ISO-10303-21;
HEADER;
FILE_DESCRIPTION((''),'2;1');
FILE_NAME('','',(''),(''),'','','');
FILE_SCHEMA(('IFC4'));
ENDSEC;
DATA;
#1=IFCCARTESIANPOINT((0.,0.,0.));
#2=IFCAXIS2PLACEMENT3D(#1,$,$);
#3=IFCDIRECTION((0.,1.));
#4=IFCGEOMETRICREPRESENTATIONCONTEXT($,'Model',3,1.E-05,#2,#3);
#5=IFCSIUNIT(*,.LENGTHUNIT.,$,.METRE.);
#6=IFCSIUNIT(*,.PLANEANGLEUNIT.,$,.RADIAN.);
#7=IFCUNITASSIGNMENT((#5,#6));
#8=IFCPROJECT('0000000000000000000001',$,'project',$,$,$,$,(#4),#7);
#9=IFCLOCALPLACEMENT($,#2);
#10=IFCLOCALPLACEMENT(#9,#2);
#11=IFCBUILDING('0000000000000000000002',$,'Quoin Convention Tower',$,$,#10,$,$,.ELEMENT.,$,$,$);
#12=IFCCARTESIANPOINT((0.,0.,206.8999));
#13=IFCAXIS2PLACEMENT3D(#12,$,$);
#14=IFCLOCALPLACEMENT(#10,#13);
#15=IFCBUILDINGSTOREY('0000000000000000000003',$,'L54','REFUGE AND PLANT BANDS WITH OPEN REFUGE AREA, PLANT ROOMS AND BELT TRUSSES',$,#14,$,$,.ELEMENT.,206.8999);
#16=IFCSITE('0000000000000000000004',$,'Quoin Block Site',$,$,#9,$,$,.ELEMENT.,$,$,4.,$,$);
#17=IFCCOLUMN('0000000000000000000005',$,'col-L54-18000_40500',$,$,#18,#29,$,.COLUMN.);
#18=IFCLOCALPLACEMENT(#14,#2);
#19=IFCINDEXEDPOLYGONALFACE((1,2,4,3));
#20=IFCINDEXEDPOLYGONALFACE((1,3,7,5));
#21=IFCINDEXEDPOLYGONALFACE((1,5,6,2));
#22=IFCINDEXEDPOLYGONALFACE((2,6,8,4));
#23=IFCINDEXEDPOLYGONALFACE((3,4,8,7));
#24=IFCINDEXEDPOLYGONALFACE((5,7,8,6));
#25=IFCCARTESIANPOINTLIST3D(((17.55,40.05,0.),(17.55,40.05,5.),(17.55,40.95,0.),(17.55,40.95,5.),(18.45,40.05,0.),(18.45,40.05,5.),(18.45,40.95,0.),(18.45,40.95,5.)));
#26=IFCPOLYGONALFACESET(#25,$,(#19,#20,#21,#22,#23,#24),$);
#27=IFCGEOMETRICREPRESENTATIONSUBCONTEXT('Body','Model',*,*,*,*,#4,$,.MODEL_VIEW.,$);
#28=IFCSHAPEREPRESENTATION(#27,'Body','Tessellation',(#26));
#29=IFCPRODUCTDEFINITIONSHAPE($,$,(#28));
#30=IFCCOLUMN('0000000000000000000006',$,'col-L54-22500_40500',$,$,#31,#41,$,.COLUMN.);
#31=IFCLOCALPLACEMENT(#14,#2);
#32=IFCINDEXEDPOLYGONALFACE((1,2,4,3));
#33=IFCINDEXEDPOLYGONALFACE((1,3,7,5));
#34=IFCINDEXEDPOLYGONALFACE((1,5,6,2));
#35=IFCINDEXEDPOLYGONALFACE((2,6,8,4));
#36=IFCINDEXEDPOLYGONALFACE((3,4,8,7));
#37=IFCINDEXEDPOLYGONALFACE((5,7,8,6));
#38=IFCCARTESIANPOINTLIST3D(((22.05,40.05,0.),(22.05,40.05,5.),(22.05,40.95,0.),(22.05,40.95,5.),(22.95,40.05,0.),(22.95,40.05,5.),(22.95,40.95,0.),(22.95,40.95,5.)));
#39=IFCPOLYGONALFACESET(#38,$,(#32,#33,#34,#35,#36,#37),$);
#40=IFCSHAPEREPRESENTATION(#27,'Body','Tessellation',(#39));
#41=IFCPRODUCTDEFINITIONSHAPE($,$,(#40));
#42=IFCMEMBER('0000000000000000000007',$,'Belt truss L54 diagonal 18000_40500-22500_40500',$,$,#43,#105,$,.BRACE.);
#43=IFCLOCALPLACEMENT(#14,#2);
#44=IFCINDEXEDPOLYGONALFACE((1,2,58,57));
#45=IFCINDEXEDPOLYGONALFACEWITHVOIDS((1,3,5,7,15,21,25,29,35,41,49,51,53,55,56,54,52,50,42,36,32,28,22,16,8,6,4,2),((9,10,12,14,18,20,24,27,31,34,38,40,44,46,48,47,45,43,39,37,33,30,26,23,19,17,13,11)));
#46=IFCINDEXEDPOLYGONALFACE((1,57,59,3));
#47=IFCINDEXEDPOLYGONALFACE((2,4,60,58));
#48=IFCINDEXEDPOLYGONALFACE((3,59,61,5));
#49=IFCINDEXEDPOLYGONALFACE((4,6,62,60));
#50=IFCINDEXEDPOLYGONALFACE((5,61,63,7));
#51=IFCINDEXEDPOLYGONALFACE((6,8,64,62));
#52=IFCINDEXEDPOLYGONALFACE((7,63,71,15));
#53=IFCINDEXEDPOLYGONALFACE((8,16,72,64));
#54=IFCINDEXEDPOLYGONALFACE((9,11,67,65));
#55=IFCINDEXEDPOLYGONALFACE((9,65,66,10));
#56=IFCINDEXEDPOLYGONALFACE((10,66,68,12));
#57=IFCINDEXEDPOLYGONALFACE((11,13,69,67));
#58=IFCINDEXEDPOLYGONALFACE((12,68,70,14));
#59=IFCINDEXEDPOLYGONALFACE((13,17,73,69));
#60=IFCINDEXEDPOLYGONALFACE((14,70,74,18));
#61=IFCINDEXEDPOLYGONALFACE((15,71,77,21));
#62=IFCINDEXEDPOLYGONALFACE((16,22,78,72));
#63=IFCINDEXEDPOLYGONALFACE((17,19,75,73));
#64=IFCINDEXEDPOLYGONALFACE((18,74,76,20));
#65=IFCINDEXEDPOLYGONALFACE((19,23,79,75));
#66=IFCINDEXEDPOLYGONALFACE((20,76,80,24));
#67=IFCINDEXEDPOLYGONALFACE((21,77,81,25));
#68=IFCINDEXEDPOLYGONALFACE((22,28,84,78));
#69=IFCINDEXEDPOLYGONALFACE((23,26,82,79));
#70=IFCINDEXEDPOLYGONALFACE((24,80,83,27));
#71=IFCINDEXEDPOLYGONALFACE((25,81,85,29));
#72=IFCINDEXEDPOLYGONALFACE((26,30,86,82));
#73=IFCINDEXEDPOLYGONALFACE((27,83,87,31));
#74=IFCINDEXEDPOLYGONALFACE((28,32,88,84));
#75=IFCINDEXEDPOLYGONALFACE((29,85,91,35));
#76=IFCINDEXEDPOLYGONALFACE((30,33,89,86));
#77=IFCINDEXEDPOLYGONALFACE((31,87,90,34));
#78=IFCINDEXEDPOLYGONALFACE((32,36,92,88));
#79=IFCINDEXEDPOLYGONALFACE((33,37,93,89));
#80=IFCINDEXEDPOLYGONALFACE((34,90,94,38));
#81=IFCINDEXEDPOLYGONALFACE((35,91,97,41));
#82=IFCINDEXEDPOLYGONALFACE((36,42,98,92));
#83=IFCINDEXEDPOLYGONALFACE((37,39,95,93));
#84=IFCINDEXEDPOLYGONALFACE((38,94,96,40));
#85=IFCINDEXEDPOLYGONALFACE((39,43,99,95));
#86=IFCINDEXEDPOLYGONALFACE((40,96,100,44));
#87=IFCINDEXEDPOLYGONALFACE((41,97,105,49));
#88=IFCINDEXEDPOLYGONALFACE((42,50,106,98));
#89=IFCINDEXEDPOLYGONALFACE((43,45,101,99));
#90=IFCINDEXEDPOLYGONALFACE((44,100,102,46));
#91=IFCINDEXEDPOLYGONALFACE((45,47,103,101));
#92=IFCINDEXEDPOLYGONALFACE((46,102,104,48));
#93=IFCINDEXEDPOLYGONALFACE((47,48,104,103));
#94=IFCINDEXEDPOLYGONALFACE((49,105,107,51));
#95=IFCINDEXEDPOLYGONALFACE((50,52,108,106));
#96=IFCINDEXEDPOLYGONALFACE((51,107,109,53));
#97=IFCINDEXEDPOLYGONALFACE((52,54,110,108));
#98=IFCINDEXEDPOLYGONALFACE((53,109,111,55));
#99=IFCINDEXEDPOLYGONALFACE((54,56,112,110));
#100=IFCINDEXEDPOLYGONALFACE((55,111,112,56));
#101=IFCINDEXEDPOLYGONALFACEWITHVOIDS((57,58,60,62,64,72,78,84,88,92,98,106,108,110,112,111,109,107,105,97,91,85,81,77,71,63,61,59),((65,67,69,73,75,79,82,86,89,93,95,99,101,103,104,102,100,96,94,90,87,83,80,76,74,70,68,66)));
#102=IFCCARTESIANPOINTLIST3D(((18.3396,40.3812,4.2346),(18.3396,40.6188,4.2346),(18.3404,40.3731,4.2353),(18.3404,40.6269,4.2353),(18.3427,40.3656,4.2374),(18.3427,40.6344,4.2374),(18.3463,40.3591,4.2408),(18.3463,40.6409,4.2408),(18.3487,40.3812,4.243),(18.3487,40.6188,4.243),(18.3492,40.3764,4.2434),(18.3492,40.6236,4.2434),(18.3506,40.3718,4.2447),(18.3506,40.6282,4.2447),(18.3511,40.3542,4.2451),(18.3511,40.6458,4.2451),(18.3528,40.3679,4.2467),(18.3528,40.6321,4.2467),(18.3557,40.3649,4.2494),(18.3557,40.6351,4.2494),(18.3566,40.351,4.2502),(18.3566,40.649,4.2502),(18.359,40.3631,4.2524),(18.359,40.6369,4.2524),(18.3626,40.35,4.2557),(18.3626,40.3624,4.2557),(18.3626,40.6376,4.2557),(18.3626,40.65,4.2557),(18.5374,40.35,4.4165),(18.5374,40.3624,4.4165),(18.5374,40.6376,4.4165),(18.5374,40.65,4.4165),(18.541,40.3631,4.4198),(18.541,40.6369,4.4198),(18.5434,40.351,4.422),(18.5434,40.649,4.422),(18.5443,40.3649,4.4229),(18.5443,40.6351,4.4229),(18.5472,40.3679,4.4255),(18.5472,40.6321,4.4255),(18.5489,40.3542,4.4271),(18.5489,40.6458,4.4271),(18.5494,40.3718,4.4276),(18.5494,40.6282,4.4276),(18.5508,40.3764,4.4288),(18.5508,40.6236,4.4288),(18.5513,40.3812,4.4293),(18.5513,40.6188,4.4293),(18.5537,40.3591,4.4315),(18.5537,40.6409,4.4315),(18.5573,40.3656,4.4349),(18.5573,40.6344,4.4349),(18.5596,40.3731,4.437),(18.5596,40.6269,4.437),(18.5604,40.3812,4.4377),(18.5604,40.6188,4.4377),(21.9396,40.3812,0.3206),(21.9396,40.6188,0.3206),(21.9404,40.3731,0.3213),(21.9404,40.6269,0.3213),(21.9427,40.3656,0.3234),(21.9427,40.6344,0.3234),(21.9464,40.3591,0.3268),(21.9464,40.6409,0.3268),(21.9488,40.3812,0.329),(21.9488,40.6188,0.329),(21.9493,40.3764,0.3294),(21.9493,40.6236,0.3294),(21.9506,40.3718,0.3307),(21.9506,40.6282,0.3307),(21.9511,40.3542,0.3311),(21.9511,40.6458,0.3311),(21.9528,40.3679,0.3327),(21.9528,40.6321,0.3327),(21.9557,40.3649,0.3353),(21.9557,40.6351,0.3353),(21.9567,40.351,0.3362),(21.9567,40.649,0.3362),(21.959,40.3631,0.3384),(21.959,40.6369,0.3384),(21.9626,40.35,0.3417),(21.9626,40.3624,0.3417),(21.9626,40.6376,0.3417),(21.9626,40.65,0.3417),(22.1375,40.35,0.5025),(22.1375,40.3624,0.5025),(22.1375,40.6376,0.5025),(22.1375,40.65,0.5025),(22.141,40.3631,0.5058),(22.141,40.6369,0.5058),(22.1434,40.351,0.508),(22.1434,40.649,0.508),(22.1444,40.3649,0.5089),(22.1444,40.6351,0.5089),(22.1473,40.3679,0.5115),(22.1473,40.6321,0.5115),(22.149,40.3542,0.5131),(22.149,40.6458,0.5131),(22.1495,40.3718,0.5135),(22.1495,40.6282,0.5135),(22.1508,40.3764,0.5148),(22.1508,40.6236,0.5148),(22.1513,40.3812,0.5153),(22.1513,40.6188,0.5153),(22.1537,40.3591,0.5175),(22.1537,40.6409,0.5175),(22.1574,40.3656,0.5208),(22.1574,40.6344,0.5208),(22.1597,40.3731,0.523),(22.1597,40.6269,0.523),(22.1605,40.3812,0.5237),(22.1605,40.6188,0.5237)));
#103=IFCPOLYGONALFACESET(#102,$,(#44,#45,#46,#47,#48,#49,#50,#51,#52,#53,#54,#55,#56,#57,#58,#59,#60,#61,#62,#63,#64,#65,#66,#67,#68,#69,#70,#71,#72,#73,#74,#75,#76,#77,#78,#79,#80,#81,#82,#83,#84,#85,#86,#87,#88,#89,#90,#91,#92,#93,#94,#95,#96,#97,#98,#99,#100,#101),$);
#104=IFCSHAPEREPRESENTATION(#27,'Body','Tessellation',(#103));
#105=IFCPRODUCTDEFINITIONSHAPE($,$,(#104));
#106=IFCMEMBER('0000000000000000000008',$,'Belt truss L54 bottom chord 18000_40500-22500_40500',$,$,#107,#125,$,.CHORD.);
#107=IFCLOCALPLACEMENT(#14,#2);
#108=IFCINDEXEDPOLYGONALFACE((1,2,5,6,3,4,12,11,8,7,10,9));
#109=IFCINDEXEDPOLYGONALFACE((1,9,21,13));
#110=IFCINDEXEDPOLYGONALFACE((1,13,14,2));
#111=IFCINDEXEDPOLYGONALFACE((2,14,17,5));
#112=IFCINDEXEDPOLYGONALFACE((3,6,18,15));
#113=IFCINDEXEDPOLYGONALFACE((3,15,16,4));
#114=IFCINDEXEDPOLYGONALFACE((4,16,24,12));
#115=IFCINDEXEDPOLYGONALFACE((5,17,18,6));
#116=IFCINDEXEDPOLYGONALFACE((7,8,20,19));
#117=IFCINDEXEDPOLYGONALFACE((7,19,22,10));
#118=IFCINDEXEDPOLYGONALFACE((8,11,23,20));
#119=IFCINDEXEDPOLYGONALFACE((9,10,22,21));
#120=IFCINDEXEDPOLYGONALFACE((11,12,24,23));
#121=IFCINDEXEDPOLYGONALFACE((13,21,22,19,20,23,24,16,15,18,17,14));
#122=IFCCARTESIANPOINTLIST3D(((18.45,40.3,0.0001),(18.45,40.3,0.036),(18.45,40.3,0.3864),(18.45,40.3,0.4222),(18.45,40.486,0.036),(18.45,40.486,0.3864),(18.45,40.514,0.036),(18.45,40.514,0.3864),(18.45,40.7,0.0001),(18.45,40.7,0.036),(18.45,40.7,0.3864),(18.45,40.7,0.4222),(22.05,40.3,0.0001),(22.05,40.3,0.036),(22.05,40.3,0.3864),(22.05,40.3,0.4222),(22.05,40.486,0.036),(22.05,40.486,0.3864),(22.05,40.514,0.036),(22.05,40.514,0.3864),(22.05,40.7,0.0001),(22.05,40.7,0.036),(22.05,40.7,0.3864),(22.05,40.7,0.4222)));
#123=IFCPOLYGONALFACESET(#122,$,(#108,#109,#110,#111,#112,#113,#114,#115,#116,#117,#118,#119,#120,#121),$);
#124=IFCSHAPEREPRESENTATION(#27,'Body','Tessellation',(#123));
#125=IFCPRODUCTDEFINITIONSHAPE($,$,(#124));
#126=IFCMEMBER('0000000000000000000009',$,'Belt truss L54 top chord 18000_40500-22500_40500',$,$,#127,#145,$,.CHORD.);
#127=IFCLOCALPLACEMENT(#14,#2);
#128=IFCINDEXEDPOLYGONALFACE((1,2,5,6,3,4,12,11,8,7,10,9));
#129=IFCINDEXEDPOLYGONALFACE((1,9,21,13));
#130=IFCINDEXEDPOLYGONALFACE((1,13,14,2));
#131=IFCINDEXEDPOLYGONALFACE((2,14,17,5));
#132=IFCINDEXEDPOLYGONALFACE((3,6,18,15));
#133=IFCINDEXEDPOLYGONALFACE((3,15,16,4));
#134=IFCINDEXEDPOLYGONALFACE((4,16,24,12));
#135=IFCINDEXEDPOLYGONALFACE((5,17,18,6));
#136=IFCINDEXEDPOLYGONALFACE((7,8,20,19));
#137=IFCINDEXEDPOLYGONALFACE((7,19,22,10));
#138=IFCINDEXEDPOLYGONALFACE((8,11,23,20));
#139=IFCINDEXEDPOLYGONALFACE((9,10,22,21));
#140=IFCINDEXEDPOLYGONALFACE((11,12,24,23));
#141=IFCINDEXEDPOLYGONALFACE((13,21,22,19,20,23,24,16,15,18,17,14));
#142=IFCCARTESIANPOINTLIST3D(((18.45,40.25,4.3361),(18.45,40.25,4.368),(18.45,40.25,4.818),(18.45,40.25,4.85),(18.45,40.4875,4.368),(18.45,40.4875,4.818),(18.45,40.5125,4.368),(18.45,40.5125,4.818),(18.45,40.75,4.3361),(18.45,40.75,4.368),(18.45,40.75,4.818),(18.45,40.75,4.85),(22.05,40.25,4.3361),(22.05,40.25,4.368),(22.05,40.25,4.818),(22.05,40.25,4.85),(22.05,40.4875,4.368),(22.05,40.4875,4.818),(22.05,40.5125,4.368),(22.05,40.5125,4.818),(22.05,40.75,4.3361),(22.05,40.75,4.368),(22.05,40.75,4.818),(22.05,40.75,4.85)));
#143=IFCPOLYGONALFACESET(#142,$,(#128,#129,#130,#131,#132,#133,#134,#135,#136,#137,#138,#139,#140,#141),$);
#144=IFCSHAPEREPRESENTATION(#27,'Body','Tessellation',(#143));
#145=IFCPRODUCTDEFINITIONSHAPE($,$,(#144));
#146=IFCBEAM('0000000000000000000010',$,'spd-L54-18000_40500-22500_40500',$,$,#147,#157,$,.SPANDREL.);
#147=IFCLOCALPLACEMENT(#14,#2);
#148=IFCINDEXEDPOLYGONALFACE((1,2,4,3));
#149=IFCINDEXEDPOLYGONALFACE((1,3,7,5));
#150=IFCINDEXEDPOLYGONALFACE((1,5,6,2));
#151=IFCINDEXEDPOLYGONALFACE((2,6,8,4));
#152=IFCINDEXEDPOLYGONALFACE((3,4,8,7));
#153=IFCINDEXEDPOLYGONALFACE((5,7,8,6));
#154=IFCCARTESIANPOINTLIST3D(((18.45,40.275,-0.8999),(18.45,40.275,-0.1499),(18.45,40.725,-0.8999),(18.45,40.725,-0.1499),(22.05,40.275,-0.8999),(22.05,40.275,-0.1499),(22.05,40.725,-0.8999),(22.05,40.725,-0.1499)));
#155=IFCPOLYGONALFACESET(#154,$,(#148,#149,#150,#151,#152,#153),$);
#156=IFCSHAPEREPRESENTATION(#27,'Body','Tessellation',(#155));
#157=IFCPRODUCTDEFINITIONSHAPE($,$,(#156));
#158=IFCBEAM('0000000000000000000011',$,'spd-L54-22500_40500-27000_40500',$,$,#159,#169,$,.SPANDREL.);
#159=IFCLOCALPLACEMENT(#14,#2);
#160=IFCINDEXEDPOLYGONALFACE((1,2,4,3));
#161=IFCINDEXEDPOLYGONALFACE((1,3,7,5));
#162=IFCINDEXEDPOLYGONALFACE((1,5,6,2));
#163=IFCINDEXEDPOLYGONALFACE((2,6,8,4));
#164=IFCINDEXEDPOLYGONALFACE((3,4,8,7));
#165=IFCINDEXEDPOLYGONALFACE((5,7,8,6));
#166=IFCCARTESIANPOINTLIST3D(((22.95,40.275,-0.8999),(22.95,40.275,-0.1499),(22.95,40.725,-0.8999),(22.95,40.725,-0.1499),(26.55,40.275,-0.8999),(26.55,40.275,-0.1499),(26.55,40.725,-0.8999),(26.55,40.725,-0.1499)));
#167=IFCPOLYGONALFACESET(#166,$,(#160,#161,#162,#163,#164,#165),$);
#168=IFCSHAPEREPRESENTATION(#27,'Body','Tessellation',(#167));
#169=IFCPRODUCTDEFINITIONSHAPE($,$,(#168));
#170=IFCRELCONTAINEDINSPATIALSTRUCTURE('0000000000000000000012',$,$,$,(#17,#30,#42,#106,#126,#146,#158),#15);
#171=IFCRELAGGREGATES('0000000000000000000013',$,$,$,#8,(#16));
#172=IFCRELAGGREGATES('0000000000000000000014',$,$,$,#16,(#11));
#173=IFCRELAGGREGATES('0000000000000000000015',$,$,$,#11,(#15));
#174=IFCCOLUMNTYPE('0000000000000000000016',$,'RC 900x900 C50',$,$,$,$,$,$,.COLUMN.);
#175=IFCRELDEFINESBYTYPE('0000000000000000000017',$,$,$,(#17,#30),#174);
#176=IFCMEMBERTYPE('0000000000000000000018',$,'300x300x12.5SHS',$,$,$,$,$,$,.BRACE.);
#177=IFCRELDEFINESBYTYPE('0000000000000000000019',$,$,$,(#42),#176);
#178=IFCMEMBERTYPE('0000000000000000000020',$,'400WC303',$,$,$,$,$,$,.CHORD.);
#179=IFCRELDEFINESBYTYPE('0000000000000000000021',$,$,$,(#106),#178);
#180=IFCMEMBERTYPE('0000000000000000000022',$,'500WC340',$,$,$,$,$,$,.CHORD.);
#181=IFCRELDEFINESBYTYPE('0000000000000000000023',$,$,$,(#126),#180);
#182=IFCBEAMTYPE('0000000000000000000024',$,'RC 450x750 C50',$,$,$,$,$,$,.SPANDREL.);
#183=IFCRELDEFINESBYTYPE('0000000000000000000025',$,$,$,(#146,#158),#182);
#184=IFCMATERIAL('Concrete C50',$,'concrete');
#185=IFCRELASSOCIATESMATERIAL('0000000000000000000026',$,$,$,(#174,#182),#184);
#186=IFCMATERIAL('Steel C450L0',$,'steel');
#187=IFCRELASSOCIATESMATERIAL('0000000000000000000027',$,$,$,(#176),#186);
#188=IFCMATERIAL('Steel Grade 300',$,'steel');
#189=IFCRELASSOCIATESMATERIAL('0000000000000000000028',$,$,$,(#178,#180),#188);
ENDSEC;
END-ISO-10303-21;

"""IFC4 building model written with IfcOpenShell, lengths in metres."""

from ifc_helpers import new_model, si_unit, direction, frame, origin, origin_2d, place, context, subcontext, project, spatial, rectangle, hollow_rectangle, i_section, extrude, material, material_profile, profile_set, type_object, element, save


model = new_model("IFC4")

# Units and contexts
model_context = context("Model", 3, precision=1e-05, world=origin(), true_north=direction((0.0, 1.0)))
body_context = subcontext(model_context, "Body", "Model", "MODEL_VIEW")
ifc_project = project(units=[si_unit("LENGTHUNIT", "METRE"), si_unit("PLANEANGLEUNIT", "RADIAN")], contexts=[model_context])

# Site, building, storey
site_placement = place(None, origin())
site = spatial("IfcSite", under=ifc_project, at=site_placement, Name="Quoin Block Site", CompositionType="ELEMENT", RefElevation=4.0)
building_placement = place(site_placement, origin())
building = spatial("IfcBuilding", under=site, at=building_placement, Name="Quoin Convention Tower", CompositionType="ELEMENT")
storey_placement = place(building_placement, frame((0.0, 0.0, 206.8999)))
storey = spatial("IfcBuildingStorey", under=building, at=storey_placement, Name="L54", Description="REFUGE AND PLANT BANDS WITH OPEN REFUGE AREA, PLANT ROOMS AND BELT TRUSSES", CompositionType="ELEMENT", Elevation=206.8999)

# Columns
ifc_material_1 = material(Name="Concrete C50", Category="concrete")
ifc_material_profile_1 = material_profile(ifc_material_1, rectangle(XDim=0.8999, YDim=0.8999, at=origin_2d()), Name="RC 900x900")
ifc_profile_set_1 = profile_set([ifc_material_profile_1], Name="Concrete C50")
column_type = type_object("IfcColumnType", Name="RC 900x900 C50", PredefinedType="COLUMN", material=ifc_profile_set_1)
for number, where, z_axis, x_axis, name in (
    (1, (18.0, 40.5, 0.0), (0.0, 0.0, 1.0), (1.0, 0.0, 0.0), "col-L54-18000_40500"),
    (2, (22.5, 40.5, 0.0), (0.0, 0.0, 1.0), (1.0, 0.0, 0.0), "col-L54-22500_40500"),
):
    element("IfcColumn", number, at=place(storey_placement, frame(where, z_axis=z_axis, x_axis=x_axis)), inside=storey, type_object=column_type, Name=name, PredefinedType="COLUMN", context=body_context, shape_type="SweptSolid", body=[
        extrude(rectangle(XDim=0.8999, YDim=0.8999, at=origin_2d()), origin(), (0.0, 0.0, 1.0), 5.0),
    ])

# Members
ifc_material_2 = material(Name="Steel C450L0", Category="steel")
ifc_material_profile_2 = material_profile(ifc_material_2, hollow_rectangle(XDim=0.3, YDim=0.3, WallThickness=0.0125, InnerFilletRadius=0.0188, OuterFilletRadius=0.0312, at=origin_2d()), Name="300x300x12.5SHS")
ifc_profile_set_2 = profile_set([ifc_material_profile_2], Name="Steel C450L0")
member_type_1 = type_object("IfcMemberType", Name="300x300x12.5SHS", PredefinedType="BRACE", material=ifc_profile_set_2)
member_1_placement = place(storey_placement, frame((22.05, 40.5, 0.4221), z_axis=(-0.676971, 0.0, 0.73601), x_axis=(0.0, -1.0, 0.0)))
element("IfcMember", 3, at=member_1_placement, inside=storey, type_object=member_type_1, Name="Belt truss L54 diagonal 18000_40500-22500_40500", PredefinedType="BRACE", context=body_context, shape_type="SweptSolid", body=[
    extrude(hollow_rectangle(XDim=0.3, YDim=0.3, WallThickness=0.0125, InnerFilletRadius=0.0188, OuterFilletRadius=0.0312, at=origin_2d()), origin(), (0.0, 0.0, 1.0), 5.3179),
])
ifc_material_3 = material(Name="Steel Grade 300", Category="steel")
ifc_material_profile_3 = material_profile(ifc_material_3, i_section(OverallWidth=0.3999, OverallDepth=0.4221, WebThickness=0.0281, FlangeThickness=0.0359, at=origin_2d()), Name="400WC303")
ifc_profile_set_3 = profile_set([ifc_material_profile_3], Name="Steel Grade 300")
member_type_2 = type_object("IfcMemberType", Name="400WC303", PredefinedType="CHORD", material=ifc_profile_set_3)
member_2_placement = place(storey_placement, frame((18.45, 40.5, 0.2112), z_axis=(1.0, 0.0, 0.0), x_axis=(0.0, 1.0, 0.0)))
element("IfcMember", 4, at=member_2_placement, inside=storey, type_object=member_type_2, Name="Belt truss L54 bottom chord 18000_40500-22500_40500", PredefinedType="CHORD", context=body_context, shape_type="SweptSolid", body=[
    extrude(i_section(OverallWidth=0.3999, OverallDepth=0.4221, WebThickness=0.0281, FlangeThickness=0.0359, at=origin_2d()), origin(), (0.0, 0.0, 1.0), 3.6001),
])
ifc_material_profile_4 = material_profile(ifc_material_3, i_section(OverallWidth=0.5, OverallDepth=0.5139, WebThickness=0.0249, FlangeThickness=0.032, at=origin_2d()), Name="500WC340")
ifc_profile_set_4 = profile_set([ifc_material_profile_4], Name="Steel Grade 300")
member_type_3 = type_object("IfcMemberType", Name="500WC340", PredefinedType="CHORD", material=ifc_profile_set_4)
member_3_placement = place(storey_placement, frame((18.45, 40.5, 4.593), z_axis=(1.0, 0.0, 0.0), x_axis=(0.0, 1.0, 0.0)))
element("IfcMember", 5, at=member_3_placement, inside=storey, type_object=member_type_3, Name="Belt truss L54 top chord 18000_40500-22500_40500", PredefinedType="CHORD", context=body_context, shape_type="SweptSolid", body=[
    extrude(i_section(OverallWidth=0.5, OverallDepth=0.5139, WebThickness=0.0249, FlangeThickness=0.032, at=origin_2d()), origin(), (0.0, 0.0, 1.0), 3.6001),
])

# Beams
ifc_material_profile_5 = material_profile(ifc_material_1, rectangle(XDim=0.45, YDim=0.75, at=origin_2d()), Name="RC 450x750")
ifc_profile_set_5 = profile_set([ifc_material_profile_5], Name="Concrete C50")
beam_type = type_object("IfcBeamType", Name="RC 450x750 C50", PredefinedType="SPANDREL", material=ifc_profile_set_5)
for number, where, z_axis, x_axis, name in (
    (6, (18.45, 40.5, -0.5249), (1.0, 0.0, 0.0), (0.0, 1.0, 0.0), "spd-L54-18000_40500-22500_40500"),
    (7, (22.95, 40.5, -0.5249), (1.0, 0.0, 0.0), (0.0, 1.0, 0.0), "spd-L54-22500_40500-27000_40500"),
):
    element("IfcBeam", number, at=place(storey_placement, frame(where, z_axis=z_axis, x_axis=x_axis)), inside=storey, type_object=beam_type, Name=name, PredefinedType="SPANDREL", context=body_context, shape_type="SweptSolid", body=[
        extrude(rectangle(XDim=0.45, YDim=0.75, at=origin_2d()), origin(), (0.0, 0.0, 1.0), 3.6001),
    ])

save(model, "model.ifc")
